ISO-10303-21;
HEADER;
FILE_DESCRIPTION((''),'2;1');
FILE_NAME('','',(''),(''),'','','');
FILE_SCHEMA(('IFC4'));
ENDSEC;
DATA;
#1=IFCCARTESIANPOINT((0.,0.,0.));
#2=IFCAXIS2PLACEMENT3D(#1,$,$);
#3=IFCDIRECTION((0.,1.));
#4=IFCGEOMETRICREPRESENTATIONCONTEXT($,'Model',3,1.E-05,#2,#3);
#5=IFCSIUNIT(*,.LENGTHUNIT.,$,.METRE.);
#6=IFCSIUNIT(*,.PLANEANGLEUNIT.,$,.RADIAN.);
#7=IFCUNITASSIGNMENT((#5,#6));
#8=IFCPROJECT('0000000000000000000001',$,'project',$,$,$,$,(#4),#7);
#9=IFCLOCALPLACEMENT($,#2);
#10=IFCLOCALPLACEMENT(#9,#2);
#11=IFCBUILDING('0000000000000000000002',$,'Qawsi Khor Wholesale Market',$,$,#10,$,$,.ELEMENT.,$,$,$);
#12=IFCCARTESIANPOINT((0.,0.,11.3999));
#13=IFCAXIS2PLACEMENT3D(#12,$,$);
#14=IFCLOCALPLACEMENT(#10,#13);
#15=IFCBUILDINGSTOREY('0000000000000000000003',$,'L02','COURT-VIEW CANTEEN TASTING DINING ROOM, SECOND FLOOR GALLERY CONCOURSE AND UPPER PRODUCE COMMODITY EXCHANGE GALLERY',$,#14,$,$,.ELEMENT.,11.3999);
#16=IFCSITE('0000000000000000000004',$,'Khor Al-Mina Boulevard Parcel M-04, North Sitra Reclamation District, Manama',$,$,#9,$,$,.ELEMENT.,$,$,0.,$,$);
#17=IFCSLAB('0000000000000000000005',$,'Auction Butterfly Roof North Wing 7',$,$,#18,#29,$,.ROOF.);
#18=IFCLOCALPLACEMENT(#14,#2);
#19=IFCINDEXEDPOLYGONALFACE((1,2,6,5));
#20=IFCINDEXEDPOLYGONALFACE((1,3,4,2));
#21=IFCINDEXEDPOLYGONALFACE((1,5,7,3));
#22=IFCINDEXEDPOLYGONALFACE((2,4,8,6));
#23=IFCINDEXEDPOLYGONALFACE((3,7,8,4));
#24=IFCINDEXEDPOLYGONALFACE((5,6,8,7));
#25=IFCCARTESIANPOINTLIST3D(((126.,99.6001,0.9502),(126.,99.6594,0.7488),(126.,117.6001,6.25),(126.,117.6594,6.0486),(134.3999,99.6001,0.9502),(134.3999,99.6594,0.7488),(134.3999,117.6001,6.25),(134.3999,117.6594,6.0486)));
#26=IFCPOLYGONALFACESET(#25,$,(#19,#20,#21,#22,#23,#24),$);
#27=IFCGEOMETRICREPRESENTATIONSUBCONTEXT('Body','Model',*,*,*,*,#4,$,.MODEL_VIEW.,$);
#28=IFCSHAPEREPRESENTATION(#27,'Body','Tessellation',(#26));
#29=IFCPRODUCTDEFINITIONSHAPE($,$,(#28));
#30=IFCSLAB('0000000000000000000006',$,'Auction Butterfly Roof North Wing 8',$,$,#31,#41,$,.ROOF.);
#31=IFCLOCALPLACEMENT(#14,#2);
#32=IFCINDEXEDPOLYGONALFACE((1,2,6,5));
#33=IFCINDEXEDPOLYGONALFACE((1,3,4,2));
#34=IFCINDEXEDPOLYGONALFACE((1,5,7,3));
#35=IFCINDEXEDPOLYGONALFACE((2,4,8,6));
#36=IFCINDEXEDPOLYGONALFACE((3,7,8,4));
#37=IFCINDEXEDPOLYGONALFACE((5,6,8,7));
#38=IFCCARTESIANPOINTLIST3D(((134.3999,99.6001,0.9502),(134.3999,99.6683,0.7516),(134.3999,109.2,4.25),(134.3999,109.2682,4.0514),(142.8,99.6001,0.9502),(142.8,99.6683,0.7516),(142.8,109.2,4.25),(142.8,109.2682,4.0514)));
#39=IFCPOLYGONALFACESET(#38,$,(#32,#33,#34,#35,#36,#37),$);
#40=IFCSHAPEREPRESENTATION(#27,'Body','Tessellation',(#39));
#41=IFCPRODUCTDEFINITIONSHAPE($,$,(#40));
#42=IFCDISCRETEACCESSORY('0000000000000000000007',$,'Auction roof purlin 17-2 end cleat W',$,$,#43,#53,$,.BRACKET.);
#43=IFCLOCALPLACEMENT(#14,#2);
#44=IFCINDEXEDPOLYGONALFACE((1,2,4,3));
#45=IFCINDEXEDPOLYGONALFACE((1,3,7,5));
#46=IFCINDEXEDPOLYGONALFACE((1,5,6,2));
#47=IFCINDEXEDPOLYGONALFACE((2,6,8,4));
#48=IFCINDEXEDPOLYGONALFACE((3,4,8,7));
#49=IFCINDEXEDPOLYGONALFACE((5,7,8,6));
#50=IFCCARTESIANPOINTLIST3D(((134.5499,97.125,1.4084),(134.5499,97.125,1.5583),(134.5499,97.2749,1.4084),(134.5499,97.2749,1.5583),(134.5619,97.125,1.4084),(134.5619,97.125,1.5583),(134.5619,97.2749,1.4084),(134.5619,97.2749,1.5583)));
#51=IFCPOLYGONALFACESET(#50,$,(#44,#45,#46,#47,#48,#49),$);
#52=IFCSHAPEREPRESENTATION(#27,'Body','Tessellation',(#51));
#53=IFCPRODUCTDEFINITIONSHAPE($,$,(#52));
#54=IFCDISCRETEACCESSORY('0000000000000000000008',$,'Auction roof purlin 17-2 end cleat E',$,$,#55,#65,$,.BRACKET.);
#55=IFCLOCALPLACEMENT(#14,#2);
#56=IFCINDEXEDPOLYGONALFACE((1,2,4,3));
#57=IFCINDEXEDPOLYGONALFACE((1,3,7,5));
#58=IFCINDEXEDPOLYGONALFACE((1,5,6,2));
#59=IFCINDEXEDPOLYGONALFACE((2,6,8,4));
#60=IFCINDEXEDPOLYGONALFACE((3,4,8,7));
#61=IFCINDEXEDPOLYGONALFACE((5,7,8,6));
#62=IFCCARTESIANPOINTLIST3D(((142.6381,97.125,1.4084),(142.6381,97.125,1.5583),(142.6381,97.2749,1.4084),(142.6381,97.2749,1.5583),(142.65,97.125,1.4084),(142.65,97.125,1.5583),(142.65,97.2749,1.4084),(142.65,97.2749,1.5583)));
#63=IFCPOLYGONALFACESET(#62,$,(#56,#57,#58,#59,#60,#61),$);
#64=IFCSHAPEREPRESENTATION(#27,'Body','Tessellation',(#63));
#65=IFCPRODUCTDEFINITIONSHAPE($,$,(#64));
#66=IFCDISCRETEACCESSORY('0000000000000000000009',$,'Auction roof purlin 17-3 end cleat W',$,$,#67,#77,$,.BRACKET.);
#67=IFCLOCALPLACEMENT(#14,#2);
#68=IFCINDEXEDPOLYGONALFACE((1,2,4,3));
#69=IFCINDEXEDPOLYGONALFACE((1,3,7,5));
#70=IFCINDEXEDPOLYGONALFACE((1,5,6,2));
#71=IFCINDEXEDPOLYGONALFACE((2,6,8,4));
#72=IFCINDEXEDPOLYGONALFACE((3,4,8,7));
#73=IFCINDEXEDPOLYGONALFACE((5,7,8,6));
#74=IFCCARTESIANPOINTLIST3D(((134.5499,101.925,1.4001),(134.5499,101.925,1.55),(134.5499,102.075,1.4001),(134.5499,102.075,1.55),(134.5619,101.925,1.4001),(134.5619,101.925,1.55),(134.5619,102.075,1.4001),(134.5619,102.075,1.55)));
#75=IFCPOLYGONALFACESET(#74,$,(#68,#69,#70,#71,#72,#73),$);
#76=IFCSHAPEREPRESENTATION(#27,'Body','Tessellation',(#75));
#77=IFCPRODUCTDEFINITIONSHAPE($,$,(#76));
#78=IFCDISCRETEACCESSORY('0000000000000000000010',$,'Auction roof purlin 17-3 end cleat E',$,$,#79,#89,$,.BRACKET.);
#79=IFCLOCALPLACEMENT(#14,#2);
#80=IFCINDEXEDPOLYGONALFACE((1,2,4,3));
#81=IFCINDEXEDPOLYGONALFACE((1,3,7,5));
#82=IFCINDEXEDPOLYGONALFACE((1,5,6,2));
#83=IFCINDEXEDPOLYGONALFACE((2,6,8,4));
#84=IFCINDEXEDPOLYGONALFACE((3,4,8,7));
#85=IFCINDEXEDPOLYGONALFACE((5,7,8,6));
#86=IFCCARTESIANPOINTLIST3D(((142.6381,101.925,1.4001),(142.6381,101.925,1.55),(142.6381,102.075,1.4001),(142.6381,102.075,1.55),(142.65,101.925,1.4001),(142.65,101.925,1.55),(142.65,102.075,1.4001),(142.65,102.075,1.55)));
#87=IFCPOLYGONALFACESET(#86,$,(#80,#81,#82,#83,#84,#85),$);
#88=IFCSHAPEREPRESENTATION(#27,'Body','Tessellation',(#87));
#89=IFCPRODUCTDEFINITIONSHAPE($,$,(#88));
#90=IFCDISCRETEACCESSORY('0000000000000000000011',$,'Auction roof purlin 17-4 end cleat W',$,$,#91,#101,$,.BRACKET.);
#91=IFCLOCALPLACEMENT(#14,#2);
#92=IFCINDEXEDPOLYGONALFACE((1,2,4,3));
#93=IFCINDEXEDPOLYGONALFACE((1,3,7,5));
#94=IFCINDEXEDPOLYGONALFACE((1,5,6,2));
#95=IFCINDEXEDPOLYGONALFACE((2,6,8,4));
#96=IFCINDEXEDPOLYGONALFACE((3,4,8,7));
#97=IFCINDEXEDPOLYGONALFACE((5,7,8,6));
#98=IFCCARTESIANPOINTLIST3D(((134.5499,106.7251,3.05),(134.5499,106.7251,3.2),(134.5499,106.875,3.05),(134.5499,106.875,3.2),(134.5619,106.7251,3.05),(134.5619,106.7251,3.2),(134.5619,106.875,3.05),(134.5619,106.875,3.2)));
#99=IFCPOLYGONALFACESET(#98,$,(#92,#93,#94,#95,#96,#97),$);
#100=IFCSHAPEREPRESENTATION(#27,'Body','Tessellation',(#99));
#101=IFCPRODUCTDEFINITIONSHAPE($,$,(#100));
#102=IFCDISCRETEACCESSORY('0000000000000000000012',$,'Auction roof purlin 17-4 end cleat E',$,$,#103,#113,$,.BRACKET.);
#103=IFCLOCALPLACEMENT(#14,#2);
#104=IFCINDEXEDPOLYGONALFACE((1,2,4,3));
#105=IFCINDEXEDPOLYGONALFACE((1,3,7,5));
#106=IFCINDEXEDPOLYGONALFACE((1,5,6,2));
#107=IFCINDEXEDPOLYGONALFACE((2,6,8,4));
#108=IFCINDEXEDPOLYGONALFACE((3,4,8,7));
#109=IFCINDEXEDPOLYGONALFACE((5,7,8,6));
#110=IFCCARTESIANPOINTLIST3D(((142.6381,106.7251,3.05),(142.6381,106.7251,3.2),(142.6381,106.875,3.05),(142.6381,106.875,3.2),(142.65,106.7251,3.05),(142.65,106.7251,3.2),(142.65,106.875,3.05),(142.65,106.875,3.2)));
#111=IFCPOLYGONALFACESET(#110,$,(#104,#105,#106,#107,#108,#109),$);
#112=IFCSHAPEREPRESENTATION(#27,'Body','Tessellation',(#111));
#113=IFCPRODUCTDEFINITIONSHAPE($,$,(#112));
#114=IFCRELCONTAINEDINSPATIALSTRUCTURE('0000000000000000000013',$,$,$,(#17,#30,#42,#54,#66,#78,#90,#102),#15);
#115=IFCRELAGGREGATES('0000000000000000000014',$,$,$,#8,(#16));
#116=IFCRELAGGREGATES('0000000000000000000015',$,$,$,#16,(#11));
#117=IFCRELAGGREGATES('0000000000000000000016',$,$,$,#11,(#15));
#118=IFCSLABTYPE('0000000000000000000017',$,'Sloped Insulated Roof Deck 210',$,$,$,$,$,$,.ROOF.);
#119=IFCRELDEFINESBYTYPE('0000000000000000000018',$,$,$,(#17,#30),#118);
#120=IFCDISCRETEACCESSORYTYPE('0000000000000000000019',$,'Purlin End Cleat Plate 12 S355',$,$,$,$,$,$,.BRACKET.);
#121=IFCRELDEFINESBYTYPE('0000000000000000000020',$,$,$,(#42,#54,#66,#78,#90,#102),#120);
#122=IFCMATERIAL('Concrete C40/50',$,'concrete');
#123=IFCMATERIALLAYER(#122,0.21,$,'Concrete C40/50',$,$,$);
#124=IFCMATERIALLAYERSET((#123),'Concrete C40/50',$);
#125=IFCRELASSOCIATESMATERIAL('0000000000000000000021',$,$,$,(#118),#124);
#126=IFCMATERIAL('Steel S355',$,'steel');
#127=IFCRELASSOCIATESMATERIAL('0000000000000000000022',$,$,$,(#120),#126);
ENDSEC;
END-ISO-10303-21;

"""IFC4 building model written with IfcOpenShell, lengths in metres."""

from ifc_helpers import new_model, si_unit, direction, frame, origin, origin_2d, place, context, subcontext, project, spatial, polyline, rectangle, outline, extrude, material, layer, layer_set, type_object, element, save


model = new_model("IFC4")

# Units and contexts
model_context = context("Model", 3, precision=1e-05, world=origin(), true_north=direction((0.0, 1.0)))
body_context = subcontext(model_context, "Body", "Model", "MODEL_VIEW")
ifc_project = project(units=[si_unit("LENGTHUNIT", "METRE"), si_unit("PLANEANGLEUNIT", "RADIAN")], contexts=[model_context])

# Site, building, storey
site_placement = place(None, origin())
site = spatial("IfcSite", under=ifc_project, at=site_placement, Name="Khor Al-Mina Boulevard Parcel M-04, North Sitra Reclamation District, Manama", CompositionType="ELEMENT", RefElevation=0.0)
building_placement = place(site_placement, origin())
building = spatial("IfcBuilding", under=site, at=building_placement, Name="Qawsi Khor Wholesale Market", CompositionType="ELEMENT")
storey_placement = place(building_placement, frame((0.0, 0.0, 11.3999)))
storey = spatial("IfcBuildingStorey", under=building, at=storey_placement, Name="L02", Description="COURT-VIEW CANTEEN TASTING DINING ROOM, SECOND FLOOR GALLERY CONCOURSE AND UPPER PRODUCE COMMODITY EXCHANGE GALLERY", CompositionType="ELEMENT", Elevation=11.3999)

# Shared definitions
ifc_material_1 = material(Name="Steel S355", Category="steel")

# Slabs
ifc_material_2 = material(Name="Concrete C40/50", Category="concrete")
ifc_layer = layer(ifc_material_2, 0.21, Name="Concrete C40/50")
ifc_layer_set = layer_set([ifc_layer], Name="Concrete C40/50")
slab_type = type_object("IfcSlabType", Name="Sloped Insulated Roof Deck 210", PredefinedType="ROOF", material=ifc_layer_set)
slab_1_placement = place(storey_placement, frame((126.0, 99.6001, 0.9502), z_axis=(0.0, -0.282445, 0.959283), x_axis=(1.0, 0.0, 0.0)))
element("IfcSlab", 1, at=slab_1_placement, inside=storey, type_object=slab_type, Name="Auction Butterfly Roof North Wing 7", PredefinedType="ROOF", context=body_context, shape_type="SweptSolid", body=[
    extrude(outline(polyline([(0.0, 0.0), (8.3999, 0.0), (8.3999, 18.764), (0.0, 18.764), (0.0, 0.0)])), origin(), (0.0, 0.0, -1.0), 0.21),
])
slab_2_placement = place(storey_placement, frame((134.3999, 99.6001, 0.9502), z_axis=(0.0, -0.325067, 0.945691), x_axis=(1.0, 0.0, 0.0)))
element("IfcSlab", 2, at=slab_2_placement, inside=storey, type_object=slab_type, Name="Auction Butterfly Roof North Wing 8", PredefinedType="ROOF", context=body_context, shape_type="SweptSolid", body=[
    extrude(outline(polyline([(0.0, 0.0), (8.4001, 0.0), (8.4001, 10.1512), (0.0, 10.1512), (0.0, 0.0)])), origin(), (0.0, 0.0, -1.0), 0.21),
])

# Discrete accessories
discrete_accessory_type = type_object("IfcDiscreteAccessoryType", Name="Purlin End Cleat Plate 12 S355", PredefinedType="BRACKET", material=ifc_material_1)
for number, where, z_axis, x_axis, name in (
    (3, (134.5559, 97.2, 1.4084), (0.0, 0.0, 1.0), (1.0, 0.0, 0.0), "Auction roof purlin 17-2 end cleat W"),
    (4, (142.644, 97.2, 1.4084), (0.0, 0.0, 1.0), (1.0, 0.0, 0.0), "Auction roof purlin 17-2 end cleat E"),
    (5, (134.5559, 102.0, 1.4001), (0.0, 0.0, 1.0), (1.0, 0.0, 0.0), "Auction roof purlin 17-3 end cleat W"),
    (6, (142.644, 102.0, 1.4001), (0.0, 0.0, 1.0), (1.0, 0.0, 0.0), "Auction roof purlin 17-3 end cleat E"),
    (7, (134.5559, 106.8, 3.05), (0.0, 0.0, 1.0), (1.0, 0.0, 0.0), "Auction roof purlin 17-4 end cleat W"),
    (8, (142.644, 106.8, 3.05), (0.0, 0.0, 1.0), (1.0, 0.0, 0.0), "Auction roof purlin 17-4 end cleat E"),
):
    element("IfcDiscreteAccessory", number, at=place(storey_placement, frame(where, z_axis=z_axis, x_axis=x_axis)), inside=storey, type_object=discrete_accessory_type, Name=name, PredefinedType="BRACKET", context=body_context, shape_type="SweptSolid", body=[
        extrude(rectangle(XDim=0.012, YDim=0.1499, at=origin_2d()), origin(), (0.0, 0.0, 1.0), 0.1499),
    ])

save(model, "model.ifc")
